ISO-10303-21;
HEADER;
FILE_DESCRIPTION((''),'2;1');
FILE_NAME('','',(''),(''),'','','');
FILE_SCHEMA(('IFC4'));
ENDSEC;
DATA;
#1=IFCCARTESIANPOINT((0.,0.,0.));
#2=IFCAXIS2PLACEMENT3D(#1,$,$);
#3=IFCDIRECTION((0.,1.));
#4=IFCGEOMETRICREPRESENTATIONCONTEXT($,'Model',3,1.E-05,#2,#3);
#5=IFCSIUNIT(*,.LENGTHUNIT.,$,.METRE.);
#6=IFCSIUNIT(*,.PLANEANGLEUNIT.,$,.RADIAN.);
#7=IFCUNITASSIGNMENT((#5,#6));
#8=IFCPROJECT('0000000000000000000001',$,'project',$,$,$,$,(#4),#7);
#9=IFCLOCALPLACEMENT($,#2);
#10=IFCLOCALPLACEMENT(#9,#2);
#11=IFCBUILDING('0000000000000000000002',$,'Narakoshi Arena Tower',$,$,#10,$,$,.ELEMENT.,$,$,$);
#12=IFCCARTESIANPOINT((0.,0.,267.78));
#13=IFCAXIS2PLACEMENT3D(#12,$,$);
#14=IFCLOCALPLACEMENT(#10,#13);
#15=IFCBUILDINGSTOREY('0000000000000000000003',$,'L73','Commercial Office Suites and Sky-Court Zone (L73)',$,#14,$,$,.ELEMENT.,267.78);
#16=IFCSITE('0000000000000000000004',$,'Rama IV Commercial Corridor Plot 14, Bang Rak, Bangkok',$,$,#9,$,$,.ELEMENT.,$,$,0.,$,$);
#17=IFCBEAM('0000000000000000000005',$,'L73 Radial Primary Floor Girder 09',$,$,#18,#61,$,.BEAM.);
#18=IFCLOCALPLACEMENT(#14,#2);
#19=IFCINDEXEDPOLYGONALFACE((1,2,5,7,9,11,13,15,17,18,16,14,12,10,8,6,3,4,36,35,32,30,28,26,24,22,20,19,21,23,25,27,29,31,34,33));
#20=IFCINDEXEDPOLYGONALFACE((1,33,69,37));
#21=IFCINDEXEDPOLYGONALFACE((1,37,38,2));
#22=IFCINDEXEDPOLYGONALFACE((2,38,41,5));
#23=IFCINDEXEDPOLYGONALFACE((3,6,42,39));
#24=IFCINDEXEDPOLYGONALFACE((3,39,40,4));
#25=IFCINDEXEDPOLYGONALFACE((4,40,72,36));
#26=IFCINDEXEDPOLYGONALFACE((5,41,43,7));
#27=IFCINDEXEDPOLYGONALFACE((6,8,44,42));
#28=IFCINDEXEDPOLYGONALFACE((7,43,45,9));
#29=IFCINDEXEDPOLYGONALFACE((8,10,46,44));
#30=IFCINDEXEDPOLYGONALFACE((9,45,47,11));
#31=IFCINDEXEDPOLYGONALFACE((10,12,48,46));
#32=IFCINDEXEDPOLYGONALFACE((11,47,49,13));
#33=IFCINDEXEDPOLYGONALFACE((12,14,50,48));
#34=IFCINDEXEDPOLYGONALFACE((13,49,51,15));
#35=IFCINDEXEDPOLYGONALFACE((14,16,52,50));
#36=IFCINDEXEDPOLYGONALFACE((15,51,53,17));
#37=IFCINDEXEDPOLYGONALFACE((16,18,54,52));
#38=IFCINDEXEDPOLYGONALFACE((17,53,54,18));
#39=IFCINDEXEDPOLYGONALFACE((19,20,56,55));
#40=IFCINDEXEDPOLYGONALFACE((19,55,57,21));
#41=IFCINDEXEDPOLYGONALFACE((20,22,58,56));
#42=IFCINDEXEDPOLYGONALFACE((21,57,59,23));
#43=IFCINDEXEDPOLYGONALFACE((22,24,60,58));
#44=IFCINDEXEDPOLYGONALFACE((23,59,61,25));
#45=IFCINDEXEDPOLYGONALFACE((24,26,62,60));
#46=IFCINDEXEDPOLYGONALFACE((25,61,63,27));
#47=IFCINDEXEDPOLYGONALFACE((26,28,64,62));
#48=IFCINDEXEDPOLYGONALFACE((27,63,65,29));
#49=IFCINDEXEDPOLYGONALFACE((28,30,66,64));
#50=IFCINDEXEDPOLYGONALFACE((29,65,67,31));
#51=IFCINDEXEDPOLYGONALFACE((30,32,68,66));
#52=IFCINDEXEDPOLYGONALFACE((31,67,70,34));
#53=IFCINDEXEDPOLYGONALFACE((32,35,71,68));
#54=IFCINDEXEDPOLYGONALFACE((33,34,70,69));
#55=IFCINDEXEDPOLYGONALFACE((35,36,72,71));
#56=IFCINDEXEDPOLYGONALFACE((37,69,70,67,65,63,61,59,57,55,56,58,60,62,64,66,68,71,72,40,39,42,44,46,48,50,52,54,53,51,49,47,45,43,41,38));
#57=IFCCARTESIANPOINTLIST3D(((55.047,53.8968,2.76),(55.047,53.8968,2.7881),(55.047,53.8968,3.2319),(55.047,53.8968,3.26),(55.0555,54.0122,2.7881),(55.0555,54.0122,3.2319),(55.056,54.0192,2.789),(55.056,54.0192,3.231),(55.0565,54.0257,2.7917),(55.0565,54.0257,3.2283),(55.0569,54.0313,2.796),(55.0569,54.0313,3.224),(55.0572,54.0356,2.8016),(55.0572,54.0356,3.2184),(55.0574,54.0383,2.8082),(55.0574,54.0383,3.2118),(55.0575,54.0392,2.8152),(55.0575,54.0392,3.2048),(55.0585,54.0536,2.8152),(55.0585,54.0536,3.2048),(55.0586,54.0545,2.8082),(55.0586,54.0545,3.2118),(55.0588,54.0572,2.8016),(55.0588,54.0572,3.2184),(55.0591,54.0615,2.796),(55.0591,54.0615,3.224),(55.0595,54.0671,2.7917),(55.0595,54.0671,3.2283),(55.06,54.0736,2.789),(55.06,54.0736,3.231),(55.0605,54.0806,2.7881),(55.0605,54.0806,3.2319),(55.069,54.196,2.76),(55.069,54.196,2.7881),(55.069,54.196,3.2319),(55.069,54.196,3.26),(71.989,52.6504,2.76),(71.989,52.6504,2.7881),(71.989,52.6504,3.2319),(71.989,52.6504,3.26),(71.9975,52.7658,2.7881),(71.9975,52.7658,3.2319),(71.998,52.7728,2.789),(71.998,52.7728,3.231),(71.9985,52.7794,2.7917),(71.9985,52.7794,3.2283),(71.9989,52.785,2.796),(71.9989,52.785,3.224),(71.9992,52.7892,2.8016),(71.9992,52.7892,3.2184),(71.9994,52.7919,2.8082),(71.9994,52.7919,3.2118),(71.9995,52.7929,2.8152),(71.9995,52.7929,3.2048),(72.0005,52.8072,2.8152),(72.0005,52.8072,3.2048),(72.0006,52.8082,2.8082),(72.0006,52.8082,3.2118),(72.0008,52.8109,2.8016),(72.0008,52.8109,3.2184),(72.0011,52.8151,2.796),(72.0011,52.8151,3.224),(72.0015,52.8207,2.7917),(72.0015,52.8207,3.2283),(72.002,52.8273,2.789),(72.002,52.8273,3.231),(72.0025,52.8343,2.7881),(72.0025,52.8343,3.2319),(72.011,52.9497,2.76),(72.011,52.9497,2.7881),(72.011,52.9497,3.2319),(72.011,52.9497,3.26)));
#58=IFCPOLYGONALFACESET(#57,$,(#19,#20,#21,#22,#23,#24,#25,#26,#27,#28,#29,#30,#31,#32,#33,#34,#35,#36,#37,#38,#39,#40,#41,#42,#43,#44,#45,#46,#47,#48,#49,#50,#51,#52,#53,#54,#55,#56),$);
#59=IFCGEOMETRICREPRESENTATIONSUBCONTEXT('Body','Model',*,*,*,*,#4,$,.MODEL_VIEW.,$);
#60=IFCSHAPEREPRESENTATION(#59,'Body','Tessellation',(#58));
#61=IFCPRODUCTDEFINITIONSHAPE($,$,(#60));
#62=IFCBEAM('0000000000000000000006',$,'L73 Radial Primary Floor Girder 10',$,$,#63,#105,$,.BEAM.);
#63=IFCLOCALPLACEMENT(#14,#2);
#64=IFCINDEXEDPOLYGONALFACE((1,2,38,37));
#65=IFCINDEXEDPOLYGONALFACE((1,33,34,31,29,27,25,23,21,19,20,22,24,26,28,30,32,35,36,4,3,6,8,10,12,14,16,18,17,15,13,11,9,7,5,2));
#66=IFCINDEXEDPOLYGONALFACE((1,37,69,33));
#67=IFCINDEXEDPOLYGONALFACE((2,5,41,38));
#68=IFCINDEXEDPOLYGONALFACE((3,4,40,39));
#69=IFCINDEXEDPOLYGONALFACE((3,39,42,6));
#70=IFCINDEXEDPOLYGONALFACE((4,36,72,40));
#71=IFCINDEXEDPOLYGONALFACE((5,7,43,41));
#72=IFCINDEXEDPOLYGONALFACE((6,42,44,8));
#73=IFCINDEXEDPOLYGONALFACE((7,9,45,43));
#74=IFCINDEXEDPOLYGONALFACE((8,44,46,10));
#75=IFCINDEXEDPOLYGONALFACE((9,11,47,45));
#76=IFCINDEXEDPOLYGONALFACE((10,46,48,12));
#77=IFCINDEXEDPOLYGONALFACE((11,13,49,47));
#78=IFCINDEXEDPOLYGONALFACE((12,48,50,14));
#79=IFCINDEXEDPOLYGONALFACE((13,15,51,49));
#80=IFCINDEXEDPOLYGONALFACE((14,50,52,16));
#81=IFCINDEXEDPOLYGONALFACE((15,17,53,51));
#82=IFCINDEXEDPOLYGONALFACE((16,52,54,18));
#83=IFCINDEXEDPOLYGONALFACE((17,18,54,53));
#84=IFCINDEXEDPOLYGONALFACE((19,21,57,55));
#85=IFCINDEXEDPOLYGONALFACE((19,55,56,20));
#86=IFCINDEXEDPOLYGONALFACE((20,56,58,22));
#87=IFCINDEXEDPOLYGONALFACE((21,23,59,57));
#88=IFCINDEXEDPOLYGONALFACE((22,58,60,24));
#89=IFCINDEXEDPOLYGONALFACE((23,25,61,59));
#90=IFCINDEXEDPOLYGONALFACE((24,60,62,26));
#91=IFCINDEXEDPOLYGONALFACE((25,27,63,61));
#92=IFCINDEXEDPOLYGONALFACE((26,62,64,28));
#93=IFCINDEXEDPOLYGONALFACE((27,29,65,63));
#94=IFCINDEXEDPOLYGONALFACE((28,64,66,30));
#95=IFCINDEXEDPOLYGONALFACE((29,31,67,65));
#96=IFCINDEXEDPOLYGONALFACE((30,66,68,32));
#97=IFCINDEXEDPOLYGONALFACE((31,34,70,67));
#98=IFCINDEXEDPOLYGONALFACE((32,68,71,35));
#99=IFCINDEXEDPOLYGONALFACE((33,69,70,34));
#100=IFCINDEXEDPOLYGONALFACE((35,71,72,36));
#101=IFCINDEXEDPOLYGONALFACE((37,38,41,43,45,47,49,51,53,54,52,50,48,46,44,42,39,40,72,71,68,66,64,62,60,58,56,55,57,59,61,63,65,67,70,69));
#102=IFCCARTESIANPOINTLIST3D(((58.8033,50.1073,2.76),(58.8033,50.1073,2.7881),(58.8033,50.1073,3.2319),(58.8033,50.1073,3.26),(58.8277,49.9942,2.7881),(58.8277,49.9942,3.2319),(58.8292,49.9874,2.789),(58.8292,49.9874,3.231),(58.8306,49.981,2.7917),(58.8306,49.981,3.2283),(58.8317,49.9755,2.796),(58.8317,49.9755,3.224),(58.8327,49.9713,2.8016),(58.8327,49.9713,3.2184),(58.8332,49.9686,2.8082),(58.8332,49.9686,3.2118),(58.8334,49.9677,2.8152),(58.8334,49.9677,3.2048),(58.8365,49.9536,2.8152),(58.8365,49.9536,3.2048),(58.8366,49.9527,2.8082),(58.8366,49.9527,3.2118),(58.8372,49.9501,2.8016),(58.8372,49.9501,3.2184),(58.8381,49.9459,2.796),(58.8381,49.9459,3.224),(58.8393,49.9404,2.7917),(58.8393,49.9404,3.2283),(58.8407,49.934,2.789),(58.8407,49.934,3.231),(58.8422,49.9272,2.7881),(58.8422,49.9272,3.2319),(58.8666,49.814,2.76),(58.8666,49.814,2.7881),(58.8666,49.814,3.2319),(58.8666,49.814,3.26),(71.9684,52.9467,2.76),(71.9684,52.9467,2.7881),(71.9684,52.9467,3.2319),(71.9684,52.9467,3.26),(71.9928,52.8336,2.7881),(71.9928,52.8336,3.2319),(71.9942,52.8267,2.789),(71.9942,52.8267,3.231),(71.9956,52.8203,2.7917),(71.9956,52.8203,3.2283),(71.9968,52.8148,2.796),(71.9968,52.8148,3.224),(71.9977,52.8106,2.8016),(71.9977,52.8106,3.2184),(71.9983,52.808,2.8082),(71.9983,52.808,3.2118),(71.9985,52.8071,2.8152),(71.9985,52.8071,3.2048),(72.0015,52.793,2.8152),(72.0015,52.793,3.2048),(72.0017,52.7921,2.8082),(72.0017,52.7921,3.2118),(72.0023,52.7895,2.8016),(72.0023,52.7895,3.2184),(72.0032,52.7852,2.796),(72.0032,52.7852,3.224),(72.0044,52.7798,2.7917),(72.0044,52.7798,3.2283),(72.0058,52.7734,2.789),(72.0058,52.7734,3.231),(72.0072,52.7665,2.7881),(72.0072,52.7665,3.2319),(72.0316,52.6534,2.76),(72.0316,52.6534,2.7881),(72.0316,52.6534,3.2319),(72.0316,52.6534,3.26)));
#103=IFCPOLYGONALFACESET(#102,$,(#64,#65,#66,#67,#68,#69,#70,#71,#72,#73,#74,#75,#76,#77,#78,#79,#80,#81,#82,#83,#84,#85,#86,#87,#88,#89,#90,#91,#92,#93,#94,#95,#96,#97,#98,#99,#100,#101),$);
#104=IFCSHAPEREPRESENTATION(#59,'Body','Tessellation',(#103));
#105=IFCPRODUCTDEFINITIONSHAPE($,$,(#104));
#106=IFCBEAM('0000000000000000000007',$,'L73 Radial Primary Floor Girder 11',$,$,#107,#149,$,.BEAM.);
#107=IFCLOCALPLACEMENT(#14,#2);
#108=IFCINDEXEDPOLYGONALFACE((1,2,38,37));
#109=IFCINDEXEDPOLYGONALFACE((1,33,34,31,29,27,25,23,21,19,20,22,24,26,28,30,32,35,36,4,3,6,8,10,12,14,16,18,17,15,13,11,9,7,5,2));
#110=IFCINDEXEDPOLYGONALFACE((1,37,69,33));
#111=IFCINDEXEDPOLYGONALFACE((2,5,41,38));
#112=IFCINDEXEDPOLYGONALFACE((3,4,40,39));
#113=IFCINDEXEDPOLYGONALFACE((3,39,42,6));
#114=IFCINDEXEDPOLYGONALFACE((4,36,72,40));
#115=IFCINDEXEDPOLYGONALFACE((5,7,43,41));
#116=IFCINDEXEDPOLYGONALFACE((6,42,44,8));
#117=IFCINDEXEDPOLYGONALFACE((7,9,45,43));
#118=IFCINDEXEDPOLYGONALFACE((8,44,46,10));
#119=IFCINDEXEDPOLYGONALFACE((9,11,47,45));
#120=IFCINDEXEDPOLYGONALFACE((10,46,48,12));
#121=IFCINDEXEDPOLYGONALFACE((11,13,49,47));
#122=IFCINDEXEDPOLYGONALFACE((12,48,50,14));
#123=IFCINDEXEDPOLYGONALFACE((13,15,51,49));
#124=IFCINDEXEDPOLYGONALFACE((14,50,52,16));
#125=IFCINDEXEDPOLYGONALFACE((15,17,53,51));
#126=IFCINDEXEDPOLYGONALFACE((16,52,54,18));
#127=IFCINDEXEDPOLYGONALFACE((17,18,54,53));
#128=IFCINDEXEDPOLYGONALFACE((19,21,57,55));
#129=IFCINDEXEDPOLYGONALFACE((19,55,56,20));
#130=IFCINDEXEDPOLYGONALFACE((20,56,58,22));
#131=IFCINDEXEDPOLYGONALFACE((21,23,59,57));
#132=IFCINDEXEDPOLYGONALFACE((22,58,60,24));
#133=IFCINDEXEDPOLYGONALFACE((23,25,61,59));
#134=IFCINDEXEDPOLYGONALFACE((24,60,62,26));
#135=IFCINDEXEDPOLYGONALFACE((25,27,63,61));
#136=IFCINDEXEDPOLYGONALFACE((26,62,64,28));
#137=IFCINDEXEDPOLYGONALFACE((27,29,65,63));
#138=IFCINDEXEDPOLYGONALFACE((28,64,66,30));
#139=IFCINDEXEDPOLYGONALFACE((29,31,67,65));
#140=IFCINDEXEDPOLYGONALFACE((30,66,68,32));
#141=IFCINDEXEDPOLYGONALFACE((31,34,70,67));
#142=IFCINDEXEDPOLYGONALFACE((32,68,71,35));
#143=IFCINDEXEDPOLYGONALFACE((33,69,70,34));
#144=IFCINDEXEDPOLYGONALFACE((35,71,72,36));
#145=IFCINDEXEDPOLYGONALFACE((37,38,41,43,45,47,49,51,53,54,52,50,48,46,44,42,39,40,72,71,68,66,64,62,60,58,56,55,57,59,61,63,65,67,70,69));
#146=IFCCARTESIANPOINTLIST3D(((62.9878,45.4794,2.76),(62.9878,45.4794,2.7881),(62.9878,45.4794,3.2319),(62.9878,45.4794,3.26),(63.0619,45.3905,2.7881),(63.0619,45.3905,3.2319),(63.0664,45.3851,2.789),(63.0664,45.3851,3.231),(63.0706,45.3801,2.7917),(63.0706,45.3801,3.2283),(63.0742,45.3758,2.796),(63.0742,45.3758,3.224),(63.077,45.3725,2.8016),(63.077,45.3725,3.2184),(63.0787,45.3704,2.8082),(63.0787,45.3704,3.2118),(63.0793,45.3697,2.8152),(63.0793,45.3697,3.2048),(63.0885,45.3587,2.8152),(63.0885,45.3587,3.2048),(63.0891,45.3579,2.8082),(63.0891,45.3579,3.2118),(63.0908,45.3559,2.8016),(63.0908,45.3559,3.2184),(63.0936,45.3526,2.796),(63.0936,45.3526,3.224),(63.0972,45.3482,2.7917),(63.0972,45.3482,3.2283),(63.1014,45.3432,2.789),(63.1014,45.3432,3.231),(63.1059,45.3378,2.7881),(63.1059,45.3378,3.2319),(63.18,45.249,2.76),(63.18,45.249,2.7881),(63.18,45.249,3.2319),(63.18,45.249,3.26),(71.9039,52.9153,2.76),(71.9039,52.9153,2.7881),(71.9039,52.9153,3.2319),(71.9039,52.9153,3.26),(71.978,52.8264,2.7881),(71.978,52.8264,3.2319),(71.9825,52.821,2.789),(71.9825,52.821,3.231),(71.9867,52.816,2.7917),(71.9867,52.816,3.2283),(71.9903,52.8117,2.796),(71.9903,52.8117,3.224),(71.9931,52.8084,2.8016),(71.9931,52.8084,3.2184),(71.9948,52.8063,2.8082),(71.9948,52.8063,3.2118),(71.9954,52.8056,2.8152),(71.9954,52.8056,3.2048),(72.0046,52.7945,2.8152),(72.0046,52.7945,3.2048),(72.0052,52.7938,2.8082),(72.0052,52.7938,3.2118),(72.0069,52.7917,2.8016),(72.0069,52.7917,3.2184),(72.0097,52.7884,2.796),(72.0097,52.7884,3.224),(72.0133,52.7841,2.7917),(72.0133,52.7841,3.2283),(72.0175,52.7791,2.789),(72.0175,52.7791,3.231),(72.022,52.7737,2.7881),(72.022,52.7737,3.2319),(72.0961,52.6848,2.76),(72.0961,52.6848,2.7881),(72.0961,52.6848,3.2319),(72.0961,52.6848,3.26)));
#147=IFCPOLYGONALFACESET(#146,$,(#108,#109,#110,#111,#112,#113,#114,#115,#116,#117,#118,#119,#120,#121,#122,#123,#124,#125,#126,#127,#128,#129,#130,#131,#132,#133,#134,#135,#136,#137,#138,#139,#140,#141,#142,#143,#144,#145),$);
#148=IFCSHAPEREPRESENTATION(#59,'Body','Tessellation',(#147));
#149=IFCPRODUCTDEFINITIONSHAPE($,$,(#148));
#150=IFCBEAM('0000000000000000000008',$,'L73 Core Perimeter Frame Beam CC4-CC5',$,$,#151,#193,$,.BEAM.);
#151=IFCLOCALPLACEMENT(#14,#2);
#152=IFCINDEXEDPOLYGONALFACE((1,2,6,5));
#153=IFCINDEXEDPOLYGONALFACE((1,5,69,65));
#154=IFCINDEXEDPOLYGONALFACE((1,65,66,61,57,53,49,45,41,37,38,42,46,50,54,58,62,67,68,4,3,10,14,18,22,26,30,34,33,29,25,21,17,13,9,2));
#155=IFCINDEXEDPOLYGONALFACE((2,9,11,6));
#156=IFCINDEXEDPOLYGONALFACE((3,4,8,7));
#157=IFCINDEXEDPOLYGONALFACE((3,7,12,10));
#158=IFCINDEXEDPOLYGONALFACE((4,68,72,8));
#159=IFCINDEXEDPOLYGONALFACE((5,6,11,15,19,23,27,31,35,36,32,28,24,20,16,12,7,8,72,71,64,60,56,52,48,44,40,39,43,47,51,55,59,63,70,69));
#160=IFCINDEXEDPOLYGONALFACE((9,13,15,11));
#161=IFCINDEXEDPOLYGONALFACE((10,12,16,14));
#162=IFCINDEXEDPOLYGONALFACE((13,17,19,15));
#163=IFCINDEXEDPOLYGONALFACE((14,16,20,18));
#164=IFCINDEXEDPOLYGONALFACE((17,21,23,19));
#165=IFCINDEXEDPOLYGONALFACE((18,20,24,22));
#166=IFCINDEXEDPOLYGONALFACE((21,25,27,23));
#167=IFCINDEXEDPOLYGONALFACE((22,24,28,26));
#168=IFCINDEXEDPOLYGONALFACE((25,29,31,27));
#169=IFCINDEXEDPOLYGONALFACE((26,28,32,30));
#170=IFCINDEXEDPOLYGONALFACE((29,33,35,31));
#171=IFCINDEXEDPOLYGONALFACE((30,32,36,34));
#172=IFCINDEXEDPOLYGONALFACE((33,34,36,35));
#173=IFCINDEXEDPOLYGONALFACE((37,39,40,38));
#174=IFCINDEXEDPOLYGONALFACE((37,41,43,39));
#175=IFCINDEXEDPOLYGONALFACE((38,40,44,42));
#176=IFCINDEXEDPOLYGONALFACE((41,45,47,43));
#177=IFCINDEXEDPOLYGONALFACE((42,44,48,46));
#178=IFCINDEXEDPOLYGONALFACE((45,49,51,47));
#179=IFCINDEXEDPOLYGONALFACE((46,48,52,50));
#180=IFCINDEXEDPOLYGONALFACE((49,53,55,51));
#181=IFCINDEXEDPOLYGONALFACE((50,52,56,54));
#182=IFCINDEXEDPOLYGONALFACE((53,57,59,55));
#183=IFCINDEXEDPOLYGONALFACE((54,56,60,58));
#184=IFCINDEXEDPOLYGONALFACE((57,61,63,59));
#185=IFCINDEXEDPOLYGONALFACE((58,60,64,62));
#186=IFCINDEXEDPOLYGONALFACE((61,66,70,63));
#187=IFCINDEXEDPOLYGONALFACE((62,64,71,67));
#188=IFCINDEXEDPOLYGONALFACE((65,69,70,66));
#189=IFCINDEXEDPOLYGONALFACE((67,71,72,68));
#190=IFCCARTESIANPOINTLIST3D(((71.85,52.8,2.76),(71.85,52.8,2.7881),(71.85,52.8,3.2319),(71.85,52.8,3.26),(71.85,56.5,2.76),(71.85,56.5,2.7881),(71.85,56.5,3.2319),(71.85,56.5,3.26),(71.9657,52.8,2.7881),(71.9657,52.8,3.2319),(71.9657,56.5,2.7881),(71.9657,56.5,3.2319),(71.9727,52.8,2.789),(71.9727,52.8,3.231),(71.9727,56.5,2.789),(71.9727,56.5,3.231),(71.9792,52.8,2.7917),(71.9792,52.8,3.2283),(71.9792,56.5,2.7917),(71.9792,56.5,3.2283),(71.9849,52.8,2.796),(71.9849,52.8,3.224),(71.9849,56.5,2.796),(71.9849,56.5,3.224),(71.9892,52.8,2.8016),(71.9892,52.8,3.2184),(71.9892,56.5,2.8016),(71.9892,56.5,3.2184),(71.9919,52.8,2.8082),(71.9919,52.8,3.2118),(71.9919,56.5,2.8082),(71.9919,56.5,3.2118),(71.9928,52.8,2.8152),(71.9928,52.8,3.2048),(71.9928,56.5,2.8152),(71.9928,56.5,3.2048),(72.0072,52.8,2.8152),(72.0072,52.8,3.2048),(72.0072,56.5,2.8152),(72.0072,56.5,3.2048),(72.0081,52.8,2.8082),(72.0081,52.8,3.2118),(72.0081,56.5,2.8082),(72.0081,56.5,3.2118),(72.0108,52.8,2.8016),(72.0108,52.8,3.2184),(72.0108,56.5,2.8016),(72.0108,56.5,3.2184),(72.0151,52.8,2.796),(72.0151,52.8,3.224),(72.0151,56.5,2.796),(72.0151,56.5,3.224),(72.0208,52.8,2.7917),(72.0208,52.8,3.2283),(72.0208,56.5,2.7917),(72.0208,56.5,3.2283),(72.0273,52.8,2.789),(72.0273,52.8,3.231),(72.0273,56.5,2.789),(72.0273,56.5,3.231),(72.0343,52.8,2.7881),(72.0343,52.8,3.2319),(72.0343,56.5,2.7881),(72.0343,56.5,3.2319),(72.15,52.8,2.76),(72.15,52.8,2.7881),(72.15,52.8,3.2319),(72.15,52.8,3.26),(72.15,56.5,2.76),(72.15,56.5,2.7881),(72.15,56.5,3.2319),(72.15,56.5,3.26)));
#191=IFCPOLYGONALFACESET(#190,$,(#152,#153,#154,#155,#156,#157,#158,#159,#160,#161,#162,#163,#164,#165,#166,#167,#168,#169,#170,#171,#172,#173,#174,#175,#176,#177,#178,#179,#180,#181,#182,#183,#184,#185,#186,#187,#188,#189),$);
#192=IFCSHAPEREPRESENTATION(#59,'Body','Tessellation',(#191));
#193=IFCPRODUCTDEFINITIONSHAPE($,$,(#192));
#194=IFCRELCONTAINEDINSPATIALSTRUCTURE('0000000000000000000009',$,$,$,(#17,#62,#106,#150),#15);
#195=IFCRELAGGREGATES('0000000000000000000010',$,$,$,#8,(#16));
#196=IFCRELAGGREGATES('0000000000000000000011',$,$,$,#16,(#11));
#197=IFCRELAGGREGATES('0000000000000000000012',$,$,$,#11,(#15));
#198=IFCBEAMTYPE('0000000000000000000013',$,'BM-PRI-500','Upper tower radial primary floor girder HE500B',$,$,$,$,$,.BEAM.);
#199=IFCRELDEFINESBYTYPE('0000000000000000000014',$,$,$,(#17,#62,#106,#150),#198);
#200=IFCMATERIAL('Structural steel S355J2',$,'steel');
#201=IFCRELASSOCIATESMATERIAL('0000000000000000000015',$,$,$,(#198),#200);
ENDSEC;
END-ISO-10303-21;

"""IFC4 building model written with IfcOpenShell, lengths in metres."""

from ifc_helpers import new_model, si_unit, direction, frame, origin, origin_2d, place, context, subcontext, project, spatial, i_section, extrude, material, material_profile, profile_set, type_object, element, save


model = new_model("IFC4")

# Units and contexts
model_context = context("Model", 3, precision=1e-05, world=origin(), true_north=direction((0.0, 1.0)))
body_context = subcontext(model_context, "Body", "Model", "MODEL_VIEW")
ifc_project = project(units=[si_unit("LENGTHUNIT", "METRE"), si_unit("PLANEANGLEUNIT", "RADIAN")], contexts=[model_context])

# Site, building, storey
site_placement = place(None, origin())
site = spatial("IfcSite", under=ifc_project, at=site_placement, Name="Rama IV Commercial Corridor Plot 14, Bang Rak, Bangkok", CompositionType="ELEMENT", RefElevation=0.0)
building_placement = place(site_placement, origin())
building = spatial("IfcBuilding", under=site, at=building_placement, Name="Narakoshi Arena Tower", CompositionType="ELEMENT")
storey_placement = place(building_placement, frame((0.0, 0.0, 267.78)))
storey = spatial("IfcBuildingStorey", under=building, at=storey_placement, Name="L73", Description="Commercial Office Suites and Sky-Court Zone (L73)", CompositionType="ELEMENT", Elevation=267.78)

# Beams
ifc_material_1 = material(Name="Structural steel S355J2", Category="steel")
ifc_material_profile_1 = material_profile(ifc_material_1, i_section(OverallWidth=0.3, OverallDepth=0.5, WebThickness=0.0144, FlangeThickness=0.0281, FilletRadius=0.0271, at=origin_2d()), Name="HE500B")
ifc_profile_set_1 = profile_set([ifc_material_profile_1], Name="Structural steel S355J2")
beam_type_1 = type_object("IfcBeamType", Name="BM-PRI-500", Description="Upper tower radial primary floor girder HE500B", PredefinedType="BEAM", material=ifc_profile_set_1)
beam_1_placement = place(storey_placement, frame((72.0, 52.8, 3.01), z_axis=(-0.997305, 0.073367, 0.0), x_axis=(-0.073367, -0.997305, 0.0)))
element("IfcBeam", 1, at=beam_1_placement, inside=storey, type_object=beam_type_1, Name="L73 Radial Primary Floor Girder 09", PredefinedType="BEAM", context=body_context, shape_type="SweptSolid", body=[
    extrude(i_section(OverallWidth=0.3, OverallDepth=0.5, WebThickness=0.0144, FlangeThickness=0.0281, FilletRadius=0.0271, at=origin_2d()), origin(), (0.0, 0.0, 1.0), 16.9878),
])
beam_2_placement = place(storey_placement, frame((72.0, 52.8, 3.01), z_axis=(-0.977524, -0.210826, 0.0), x_axis=(0.210826, -0.977524, 0.0)))
element("IfcBeam", 2, at=beam_2_placement, inside=storey, type_object=beam_type_1, Name="L73 Radial Primary Floor Girder 10", PredefinedType="BEAM", context=body_context, shape_type="SweptSolid", body=[
    extrude(i_section(OverallWidth=0.3, OverallDepth=0.5, WebThickness=0.0144, FlangeThickness=0.0281, FilletRadius=0.0271, at=origin_2d()), origin(), (0.0, 0.0, 1.0), 13.4678),
])
beam_3_placement = place(storey_placement, frame((72.0, 52.8, 3.01), z_axis=(-0.767976, -0.640478, 0.0), x_axis=(0.640478, -0.767976, 0.0)))
element("IfcBeam", 3, at=beam_3_placement, inside=storey, type_object=beam_type_1, Name="L73 Radial Primary Floor Girder 11", PredefinedType="BEAM", context=body_context, shape_type="SweptSolid", body=[
    extrude(i_section(OverallWidth=0.3, OverallDepth=0.5, WebThickness=0.0144, FlangeThickness=0.0281, FilletRadius=0.0271, at=origin_2d()), origin(), (0.0, 0.0, 1.0), 11.6099),
])
beam_4_placement = place(storey_placement, frame((72.0, 52.8, 3.01), z_axis=(0.0, 1.0, 0.0), x_axis=(-1.0, 0.0, 0.0)))
element("IfcBeam", 4, at=beam_4_placement, inside=storey, type_object=beam_type_1, Name="L73 Core Perimeter Frame Beam CC4-CC5", PredefinedType="BEAM", context=body_context, shape_type="SweptSolid", body=[
    extrude(i_section(OverallWidth=0.3, OverallDepth=0.5, WebThickness=0.0144, FlangeThickness=0.0281, FilletRadius=0.0271, at=origin_2d()), origin(), (0.0, 0.0, 1.0), 3.7),
])

save(model, "model.ifc")
